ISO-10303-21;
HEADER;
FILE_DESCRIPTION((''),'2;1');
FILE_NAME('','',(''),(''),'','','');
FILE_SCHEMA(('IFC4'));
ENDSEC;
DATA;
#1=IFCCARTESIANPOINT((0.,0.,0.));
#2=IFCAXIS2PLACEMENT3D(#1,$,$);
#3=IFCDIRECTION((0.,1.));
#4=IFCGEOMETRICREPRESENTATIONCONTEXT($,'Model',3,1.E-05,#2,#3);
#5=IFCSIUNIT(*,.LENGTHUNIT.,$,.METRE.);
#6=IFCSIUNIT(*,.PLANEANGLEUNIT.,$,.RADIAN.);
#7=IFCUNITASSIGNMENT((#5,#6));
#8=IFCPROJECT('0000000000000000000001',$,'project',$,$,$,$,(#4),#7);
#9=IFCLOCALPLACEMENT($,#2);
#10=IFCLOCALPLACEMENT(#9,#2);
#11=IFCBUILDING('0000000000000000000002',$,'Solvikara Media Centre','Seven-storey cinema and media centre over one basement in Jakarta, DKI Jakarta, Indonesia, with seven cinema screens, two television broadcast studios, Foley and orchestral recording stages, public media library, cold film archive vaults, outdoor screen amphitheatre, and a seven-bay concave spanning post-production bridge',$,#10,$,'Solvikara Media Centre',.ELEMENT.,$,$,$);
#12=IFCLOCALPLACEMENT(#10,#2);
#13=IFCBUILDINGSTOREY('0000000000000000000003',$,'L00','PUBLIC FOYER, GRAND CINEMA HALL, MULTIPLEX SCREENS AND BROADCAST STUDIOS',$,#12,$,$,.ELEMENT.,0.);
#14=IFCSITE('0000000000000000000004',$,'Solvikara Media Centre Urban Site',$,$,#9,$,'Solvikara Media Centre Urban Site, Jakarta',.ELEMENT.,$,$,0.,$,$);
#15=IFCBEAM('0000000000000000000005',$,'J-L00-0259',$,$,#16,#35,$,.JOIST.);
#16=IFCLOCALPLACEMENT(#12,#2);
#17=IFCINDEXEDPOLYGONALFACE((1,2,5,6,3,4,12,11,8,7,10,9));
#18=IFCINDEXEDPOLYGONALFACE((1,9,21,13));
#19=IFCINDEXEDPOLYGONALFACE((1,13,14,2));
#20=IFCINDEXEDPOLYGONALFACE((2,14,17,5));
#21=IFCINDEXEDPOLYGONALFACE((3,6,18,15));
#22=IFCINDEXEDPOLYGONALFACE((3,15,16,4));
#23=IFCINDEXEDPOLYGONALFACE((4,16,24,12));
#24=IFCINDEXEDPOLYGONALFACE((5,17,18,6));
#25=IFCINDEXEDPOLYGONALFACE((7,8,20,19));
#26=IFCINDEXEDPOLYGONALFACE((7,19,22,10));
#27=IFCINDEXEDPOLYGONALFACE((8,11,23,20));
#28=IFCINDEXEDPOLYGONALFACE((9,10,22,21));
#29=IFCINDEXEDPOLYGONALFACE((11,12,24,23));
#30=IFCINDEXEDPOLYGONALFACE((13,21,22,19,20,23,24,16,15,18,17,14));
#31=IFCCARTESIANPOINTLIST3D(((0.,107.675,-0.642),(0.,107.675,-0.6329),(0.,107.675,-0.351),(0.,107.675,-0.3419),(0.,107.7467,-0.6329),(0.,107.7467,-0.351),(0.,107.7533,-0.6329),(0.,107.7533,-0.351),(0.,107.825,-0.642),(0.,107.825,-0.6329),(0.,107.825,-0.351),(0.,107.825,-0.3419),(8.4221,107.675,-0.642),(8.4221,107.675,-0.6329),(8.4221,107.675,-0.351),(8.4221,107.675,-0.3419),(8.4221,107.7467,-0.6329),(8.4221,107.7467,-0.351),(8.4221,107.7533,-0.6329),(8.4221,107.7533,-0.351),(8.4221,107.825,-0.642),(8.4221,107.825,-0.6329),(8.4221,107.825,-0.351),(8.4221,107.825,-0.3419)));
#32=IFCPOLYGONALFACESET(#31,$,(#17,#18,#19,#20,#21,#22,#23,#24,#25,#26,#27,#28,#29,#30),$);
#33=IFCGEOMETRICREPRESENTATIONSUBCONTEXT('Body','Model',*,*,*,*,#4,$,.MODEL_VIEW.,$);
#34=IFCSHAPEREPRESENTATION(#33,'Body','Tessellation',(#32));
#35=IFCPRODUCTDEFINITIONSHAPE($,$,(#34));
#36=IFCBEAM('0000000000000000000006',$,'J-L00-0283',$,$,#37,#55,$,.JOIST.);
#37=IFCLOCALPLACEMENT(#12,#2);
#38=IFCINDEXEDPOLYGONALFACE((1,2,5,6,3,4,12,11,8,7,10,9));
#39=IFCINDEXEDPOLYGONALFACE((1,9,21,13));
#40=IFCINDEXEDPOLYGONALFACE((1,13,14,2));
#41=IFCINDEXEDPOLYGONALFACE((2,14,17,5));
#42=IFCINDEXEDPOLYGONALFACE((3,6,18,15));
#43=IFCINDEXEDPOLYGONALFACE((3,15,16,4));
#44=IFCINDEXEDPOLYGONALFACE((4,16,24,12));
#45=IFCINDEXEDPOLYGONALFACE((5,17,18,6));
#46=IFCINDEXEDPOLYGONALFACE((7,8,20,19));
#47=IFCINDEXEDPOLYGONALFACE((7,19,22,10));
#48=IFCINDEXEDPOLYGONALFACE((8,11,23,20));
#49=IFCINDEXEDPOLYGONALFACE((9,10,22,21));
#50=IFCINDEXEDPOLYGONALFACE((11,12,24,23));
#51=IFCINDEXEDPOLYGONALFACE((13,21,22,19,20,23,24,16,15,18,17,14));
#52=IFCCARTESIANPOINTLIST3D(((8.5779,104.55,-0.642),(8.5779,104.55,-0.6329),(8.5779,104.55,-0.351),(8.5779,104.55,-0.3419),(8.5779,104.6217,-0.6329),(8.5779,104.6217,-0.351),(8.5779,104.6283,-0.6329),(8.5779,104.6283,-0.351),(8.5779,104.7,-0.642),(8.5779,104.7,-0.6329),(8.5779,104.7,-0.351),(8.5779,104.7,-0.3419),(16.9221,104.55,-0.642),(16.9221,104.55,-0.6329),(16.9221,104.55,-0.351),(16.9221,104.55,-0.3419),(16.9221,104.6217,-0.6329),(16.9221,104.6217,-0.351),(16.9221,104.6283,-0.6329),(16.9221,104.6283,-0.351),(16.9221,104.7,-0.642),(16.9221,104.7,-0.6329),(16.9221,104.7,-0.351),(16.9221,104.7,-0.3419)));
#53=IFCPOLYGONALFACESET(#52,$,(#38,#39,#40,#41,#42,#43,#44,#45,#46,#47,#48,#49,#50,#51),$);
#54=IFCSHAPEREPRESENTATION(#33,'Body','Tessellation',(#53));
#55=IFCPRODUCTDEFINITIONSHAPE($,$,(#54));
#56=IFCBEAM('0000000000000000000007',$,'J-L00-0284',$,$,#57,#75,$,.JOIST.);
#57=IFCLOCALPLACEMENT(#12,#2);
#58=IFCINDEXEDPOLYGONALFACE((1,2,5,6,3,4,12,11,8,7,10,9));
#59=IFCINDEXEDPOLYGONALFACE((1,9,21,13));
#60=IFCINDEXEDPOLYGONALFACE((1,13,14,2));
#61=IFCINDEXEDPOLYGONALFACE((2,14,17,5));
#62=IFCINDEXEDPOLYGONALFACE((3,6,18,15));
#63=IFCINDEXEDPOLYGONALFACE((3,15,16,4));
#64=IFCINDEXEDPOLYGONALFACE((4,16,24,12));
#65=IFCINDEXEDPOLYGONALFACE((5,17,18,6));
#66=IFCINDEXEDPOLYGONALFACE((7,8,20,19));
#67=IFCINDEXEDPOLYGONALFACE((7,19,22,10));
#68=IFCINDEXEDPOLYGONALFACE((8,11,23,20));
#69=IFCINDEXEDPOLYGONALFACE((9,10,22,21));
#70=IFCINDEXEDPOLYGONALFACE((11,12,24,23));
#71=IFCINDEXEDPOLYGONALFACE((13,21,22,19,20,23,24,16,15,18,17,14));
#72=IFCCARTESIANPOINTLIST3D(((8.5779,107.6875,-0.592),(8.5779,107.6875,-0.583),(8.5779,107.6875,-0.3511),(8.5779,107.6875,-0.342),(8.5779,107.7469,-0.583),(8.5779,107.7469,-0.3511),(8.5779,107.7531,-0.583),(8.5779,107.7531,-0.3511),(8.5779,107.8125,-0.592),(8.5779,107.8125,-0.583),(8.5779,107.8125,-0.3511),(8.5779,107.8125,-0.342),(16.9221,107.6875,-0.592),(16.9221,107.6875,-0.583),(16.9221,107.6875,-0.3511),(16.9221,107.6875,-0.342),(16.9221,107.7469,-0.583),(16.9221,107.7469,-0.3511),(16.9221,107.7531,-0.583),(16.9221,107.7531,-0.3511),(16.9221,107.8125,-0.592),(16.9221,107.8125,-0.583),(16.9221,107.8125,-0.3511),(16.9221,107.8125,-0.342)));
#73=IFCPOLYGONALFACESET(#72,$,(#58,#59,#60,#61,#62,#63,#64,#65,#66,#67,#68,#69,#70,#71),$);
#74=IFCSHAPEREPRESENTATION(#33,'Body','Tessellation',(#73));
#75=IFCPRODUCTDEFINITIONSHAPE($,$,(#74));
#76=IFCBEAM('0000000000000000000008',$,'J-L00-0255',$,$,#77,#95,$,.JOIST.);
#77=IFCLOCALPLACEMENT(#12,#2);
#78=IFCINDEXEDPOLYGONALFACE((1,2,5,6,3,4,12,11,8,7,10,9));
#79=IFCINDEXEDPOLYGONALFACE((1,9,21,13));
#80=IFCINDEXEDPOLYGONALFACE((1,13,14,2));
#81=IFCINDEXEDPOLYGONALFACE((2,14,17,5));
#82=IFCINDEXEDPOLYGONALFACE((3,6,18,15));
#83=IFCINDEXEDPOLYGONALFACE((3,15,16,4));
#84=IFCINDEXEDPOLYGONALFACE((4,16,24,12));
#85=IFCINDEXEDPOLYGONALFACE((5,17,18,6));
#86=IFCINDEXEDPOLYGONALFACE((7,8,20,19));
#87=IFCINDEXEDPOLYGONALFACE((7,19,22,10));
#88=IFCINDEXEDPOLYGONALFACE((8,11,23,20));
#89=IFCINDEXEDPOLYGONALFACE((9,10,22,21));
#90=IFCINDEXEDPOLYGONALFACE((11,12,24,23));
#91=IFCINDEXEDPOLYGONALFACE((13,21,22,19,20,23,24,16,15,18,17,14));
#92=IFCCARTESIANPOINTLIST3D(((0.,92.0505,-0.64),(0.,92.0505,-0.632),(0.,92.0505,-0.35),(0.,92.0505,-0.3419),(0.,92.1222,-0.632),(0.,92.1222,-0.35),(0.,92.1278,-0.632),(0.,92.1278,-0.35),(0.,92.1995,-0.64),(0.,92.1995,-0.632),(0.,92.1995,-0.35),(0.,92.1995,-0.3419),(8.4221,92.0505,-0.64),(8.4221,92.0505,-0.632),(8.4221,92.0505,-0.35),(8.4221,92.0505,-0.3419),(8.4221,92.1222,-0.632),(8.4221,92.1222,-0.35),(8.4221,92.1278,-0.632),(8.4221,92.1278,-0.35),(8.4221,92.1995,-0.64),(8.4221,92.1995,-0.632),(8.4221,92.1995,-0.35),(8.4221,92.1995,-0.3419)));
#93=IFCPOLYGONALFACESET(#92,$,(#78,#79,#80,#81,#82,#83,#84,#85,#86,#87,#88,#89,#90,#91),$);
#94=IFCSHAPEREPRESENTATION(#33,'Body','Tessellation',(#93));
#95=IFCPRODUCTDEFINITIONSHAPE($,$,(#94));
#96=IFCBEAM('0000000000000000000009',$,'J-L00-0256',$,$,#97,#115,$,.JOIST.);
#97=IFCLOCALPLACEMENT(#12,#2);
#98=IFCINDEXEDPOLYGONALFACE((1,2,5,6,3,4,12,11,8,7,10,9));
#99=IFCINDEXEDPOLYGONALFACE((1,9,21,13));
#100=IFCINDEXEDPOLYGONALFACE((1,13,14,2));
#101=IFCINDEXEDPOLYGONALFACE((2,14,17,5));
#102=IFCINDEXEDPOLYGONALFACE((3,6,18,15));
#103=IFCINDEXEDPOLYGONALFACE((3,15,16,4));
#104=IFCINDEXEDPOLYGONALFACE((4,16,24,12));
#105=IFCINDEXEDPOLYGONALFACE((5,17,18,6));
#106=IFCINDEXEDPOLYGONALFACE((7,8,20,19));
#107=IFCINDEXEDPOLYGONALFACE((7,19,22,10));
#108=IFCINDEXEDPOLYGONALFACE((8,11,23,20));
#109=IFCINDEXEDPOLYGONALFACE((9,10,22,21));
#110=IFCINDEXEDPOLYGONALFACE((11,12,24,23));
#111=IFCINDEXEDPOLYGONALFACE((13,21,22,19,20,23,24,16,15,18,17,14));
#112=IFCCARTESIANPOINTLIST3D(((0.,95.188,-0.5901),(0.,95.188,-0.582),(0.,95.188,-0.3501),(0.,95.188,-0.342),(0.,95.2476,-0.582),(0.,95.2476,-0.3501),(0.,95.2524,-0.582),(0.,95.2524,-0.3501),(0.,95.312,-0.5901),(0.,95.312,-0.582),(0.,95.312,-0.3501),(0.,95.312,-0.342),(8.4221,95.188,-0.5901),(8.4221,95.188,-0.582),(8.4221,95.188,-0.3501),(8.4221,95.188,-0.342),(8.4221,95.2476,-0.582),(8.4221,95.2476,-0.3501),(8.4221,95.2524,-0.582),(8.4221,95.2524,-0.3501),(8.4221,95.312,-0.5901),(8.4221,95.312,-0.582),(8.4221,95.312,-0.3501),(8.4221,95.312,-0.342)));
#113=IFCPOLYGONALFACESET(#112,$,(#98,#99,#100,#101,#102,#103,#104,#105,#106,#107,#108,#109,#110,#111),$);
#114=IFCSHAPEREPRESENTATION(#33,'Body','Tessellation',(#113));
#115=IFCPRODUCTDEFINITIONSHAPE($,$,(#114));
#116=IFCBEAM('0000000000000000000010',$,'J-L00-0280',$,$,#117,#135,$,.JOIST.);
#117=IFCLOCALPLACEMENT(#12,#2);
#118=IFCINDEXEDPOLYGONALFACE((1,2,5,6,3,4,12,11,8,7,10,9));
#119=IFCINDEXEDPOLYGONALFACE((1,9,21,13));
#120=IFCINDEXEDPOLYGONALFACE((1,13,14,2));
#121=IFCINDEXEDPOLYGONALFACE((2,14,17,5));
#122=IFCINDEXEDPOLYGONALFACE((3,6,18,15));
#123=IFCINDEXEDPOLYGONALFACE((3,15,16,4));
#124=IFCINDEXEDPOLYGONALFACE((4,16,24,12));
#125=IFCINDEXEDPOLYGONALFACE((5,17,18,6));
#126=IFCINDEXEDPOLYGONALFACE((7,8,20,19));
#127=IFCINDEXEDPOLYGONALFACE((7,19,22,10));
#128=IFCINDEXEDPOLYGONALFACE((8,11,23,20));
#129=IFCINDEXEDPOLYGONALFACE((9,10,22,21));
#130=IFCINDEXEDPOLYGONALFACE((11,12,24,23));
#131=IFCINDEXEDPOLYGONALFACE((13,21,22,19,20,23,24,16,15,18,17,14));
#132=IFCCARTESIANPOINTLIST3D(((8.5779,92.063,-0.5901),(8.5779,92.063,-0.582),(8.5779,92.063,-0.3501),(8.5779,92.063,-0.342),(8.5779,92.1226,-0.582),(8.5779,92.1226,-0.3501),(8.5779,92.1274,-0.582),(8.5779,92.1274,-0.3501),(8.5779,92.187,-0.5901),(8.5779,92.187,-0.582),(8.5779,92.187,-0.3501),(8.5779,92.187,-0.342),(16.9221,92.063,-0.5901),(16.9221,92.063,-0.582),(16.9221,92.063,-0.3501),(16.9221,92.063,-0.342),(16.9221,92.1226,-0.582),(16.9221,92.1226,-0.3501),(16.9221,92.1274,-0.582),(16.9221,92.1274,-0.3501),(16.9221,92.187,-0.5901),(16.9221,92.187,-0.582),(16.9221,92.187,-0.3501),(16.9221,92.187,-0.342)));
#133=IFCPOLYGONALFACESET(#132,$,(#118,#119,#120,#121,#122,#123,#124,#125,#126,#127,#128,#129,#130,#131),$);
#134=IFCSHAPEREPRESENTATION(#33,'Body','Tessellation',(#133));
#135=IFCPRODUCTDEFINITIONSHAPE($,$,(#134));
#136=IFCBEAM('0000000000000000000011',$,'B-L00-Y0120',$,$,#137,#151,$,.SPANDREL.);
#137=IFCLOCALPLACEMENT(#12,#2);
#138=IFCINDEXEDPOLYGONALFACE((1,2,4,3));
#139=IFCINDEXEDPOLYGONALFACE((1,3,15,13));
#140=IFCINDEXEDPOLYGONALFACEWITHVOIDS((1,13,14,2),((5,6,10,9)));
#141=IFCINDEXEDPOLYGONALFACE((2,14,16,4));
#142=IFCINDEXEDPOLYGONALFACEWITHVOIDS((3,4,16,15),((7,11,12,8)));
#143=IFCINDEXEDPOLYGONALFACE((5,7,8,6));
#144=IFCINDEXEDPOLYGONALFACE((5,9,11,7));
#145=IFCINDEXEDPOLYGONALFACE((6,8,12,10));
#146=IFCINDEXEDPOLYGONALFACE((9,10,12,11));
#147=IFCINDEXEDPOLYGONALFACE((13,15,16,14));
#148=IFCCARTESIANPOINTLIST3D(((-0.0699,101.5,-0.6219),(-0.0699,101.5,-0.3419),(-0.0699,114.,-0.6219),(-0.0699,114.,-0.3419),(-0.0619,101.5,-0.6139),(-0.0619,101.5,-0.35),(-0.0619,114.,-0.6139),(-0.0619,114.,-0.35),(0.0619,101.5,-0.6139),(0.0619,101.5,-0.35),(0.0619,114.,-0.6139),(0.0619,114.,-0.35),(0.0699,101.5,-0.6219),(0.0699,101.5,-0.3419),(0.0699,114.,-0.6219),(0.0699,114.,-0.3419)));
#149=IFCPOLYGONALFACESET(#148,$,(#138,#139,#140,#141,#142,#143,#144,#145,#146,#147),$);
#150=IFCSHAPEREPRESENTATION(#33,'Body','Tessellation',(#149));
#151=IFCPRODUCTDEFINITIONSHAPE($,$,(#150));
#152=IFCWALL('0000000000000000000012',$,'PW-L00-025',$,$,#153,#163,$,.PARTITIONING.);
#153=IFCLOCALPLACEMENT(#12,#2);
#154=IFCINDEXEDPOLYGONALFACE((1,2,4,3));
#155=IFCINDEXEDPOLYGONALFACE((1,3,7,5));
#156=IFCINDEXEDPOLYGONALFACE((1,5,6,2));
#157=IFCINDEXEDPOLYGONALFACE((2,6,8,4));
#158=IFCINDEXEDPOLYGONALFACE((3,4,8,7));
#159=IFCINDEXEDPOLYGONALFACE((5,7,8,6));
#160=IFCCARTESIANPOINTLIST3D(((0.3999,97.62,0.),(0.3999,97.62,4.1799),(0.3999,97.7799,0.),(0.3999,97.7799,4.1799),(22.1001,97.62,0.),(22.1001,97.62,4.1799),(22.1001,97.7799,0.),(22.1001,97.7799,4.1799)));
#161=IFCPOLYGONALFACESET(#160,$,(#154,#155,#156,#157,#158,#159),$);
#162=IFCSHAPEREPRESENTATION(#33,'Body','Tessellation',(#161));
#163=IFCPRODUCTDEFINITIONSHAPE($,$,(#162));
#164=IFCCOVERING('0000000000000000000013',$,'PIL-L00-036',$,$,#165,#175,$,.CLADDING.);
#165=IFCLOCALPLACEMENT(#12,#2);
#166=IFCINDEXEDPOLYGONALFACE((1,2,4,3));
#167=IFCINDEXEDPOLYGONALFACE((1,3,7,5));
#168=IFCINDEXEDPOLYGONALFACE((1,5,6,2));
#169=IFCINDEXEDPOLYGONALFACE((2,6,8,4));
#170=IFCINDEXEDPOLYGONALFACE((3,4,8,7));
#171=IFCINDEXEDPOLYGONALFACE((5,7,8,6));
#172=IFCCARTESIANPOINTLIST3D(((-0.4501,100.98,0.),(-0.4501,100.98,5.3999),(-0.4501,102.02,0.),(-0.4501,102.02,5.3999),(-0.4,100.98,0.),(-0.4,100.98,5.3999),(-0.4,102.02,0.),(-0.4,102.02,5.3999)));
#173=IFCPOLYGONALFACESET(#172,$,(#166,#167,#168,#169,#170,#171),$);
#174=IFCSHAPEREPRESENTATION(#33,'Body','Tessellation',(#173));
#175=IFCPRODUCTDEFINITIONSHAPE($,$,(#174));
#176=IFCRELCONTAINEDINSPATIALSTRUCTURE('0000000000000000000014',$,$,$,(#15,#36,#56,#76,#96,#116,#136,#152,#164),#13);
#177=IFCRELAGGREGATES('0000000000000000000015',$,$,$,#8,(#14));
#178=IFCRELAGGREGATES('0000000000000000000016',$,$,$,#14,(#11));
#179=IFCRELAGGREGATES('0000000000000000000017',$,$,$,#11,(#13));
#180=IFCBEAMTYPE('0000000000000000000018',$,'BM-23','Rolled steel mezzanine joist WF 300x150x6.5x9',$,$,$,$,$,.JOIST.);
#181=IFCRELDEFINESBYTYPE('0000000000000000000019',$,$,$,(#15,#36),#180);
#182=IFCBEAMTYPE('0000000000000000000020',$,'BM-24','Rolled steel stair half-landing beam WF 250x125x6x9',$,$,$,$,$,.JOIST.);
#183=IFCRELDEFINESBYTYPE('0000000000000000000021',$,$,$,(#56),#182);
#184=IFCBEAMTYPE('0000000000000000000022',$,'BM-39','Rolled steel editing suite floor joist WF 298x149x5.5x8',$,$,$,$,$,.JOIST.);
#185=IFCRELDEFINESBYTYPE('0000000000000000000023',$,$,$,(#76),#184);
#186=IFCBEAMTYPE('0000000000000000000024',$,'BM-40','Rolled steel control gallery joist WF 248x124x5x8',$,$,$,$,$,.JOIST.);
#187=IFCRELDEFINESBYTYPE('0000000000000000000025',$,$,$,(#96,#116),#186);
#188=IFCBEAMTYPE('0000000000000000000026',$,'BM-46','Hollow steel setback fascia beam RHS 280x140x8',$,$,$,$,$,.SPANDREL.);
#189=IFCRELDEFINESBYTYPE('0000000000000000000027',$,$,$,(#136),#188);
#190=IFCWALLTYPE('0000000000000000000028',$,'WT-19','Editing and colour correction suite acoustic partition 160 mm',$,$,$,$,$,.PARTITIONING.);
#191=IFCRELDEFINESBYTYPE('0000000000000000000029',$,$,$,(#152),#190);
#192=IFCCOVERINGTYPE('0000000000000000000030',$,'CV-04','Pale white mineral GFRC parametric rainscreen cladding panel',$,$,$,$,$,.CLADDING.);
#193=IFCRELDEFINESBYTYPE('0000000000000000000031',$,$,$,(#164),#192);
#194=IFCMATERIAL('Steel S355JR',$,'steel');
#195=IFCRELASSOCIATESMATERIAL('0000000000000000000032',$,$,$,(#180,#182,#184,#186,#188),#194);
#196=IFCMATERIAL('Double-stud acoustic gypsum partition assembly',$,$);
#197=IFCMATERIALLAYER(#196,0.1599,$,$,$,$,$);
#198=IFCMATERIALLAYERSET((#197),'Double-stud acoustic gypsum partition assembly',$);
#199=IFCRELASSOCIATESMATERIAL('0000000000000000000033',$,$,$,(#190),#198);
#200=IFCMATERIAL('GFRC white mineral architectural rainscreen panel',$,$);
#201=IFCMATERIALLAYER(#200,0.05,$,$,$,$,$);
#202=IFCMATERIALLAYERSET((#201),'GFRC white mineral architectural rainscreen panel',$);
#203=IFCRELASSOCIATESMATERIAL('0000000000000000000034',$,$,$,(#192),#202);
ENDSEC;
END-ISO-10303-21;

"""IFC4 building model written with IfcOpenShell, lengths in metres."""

from ifc_helpers import new_model, si_unit, direction, frame, frame_2d, origin, origin_2d, place, context, subcontext, project, spatial, rectangle, hollow_rectangle, i_section, extrude, material, layer, layer_set, material_profile, profile_set, type_object, element, save


model = new_model("IFC4")

# Units and contexts
model_context = context("Model", 3, precision=1e-05, world=origin(), true_north=direction((0.0, 1.0)))
body_context = subcontext(model_context, "Body", "Model", "MODEL_VIEW")
ifc_project = project(units=[si_unit("LENGTHUNIT", "METRE"), si_unit("PLANEANGLEUNIT", "RADIAN")], contexts=[model_context])

# Site, building, storey
site_placement = place(None, origin())
site = spatial("IfcSite", under=ifc_project, at=site_placement, Name="Solvikara Media Centre Urban Site", LongName="Solvikara Media Centre Urban Site, Jakarta", CompositionType="ELEMENT", RefElevation=0.0)
building_placement = place(site_placement, origin())
building = spatial("IfcBuilding", under=site, at=building_placement, Name="Solvikara Media Centre", Description="Seven-storey cinema and media centre over one basement in Jakarta, DKI Jakarta, Indonesia, with seven cinema screens, two television broadcast studios, Foley and orchestral recording stages, public media library, cold film archive vaults, outdoor screen amphitheatre, and a seven-bay concave spanning post-production bridge", LongName="Solvikara Media Centre", CompositionType="ELEMENT")
storey_placement = place(building_placement, origin())
storey = spatial("IfcBuildingStorey", under=building, at=storey_placement, Name="L00", Description="PUBLIC FOYER, GRAND CINEMA HALL, MULTIPLEX SCREENS AND BROADCAST STUDIOS", CompositionType="ELEMENT", Elevation=0.0)

# Beams
ifc_material_1 = material(Name="Steel S355JR", Category="steel")
ifc_material_profile_1 = material_profile(ifc_material_1, i_section(OverallWidth=0.1499, OverallDepth=0.3, WebThickness=0.0066, FlangeThickness=0.009, at=origin_2d()), Name="WF 300x150x6.5x9")
ifc_profile_set_1 = profile_set([ifc_material_profile_1], Name="Steel S355JR")
beam_type_1 = type_object("IfcBeamType", Name="BM-23", Description="Rolled steel mezzanine joist WF 300x150x6.5x9", PredefinedType="JOIST", material=ifc_profile_set_1)
beam_1_placement = place(storey_placement, frame((0.0, 107.75, -0.4919), z_axis=(1.0, 0.0, 0.0), x_axis=(0.0, 1.0, 0.0)))
element("IfcBeam", 1, at=beam_1_placement, inside=storey, type_object=beam_type_1, Name="J-L00-0259", PredefinedType="JOIST", context=body_context, shape_type="SweptSolid", body=[
    extrude(i_section(OverallWidth=0.1499, OverallDepth=0.3, WebThickness=0.0066, FlangeThickness=0.009, at=origin_2d()), origin(), (0.0, 0.0, 1.0), 8.4221),
])
beam_2_placement = place(storey_placement, frame((8.5779, 104.625, -0.4919), z_axis=(1.0, 0.0, 0.0), x_axis=(0.0, 1.0, 0.0)))
element("IfcBeam", 2, at=beam_2_placement, inside=storey, type_object=beam_type_1, Name="J-L00-0283", PredefinedType="JOIST", context=body_context, shape_type="SweptSolid", body=[
    extrude(i_section(OverallWidth=0.1499, OverallDepth=0.3, WebThickness=0.0066, FlangeThickness=0.009, at=origin_2d()), origin(), (0.0, 0.0, 1.0), 8.3442),
])
ifc_material_profile_2 = material_profile(ifc_material_1, i_section(OverallWidth=0.125, OverallDepth=0.25, WebThickness=0.0061, FlangeThickness=0.009, at=origin_2d()), Name="WF 250x125x6x9")
ifc_profile_set_2 = profile_set([ifc_material_profile_2], Name="Steel S355JR")
beam_type_2 = type_object("IfcBeamType", Name="BM-24", Description="Rolled steel stair half-landing beam WF 250x125x6x9", PredefinedType="JOIST", material=ifc_profile_set_2)
beam_3_placement = place(storey_placement, frame((8.5779, 107.75, -0.467), z_axis=(1.0, 0.0, 0.0), x_axis=(0.0, 1.0, 0.0)))
element("IfcBeam", 3, at=beam_3_placement, inside=storey, type_object=beam_type_2, Name="J-L00-0284", PredefinedType="JOIST", context=body_context, shape_type="SweptSolid", body=[
    extrude(i_section(OverallWidth=0.125, OverallDepth=0.25, WebThickness=0.0061, FlangeThickness=0.009, at=origin_2d()), origin(), (0.0, 0.0, 1.0), 8.3442),
])
ifc_material_profile_3 = material_profile(ifc_material_1, i_section(OverallWidth=0.1489, OverallDepth=0.2981, WebThickness=0.0056, FlangeThickness=0.0081, at=origin_2d()), Name="WF 298x149x5.5x8")
ifc_profile_set_3 = profile_set([ifc_material_profile_3], Name="Steel S355JR")
beam_type_3 = type_object("IfcBeamType", Name="BM-39", Description="Rolled steel editing suite floor joist WF 298x149x5.5x8", PredefinedType="JOIST", material=ifc_profile_set_3)
beam_4_placement = place(storey_placement, frame((0.0, 92.125, -0.491), z_axis=(1.0, 0.0, 0.0), x_axis=(0.0, 1.0, 0.0)))
element("IfcBeam", 4, at=beam_4_placement, inside=storey, type_object=beam_type_3, Name="J-L00-0255", PredefinedType="JOIST", context=body_context, shape_type="SweptSolid", body=[
    extrude(i_section(OverallWidth=0.1489, OverallDepth=0.2981, WebThickness=0.0056, FlangeThickness=0.0081, at=origin_2d()), origin(), (0.0, 0.0, 1.0), 8.4221),
])
ifc_material_profile_4 = material_profile(ifc_material_1, i_section(OverallWidth=0.124, OverallDepth=0.248, WebThickness=0.0049, FlangeThickness=0.0081, at=origin_2d()), Name="WF 248x124x5x8")
ifc_profile_set_4 = profile_set([ifc_material_profile_4], Name="Steel S355JR")
beam_type_4 = type_object("IfcBeamType", Name="BM-40", Description="Rolled steel control gallery joist WF 248x124x5x8", PredefinedType="JOIST", material=ifc_profile_set_4)
beam_5_placement = place(storey_placement, frame((0.0, 95.25, -0.4661), z_axis=(1.0, 0.0, 0.0), x_axis=(0.0, 1.0, 0.0)))
element("IfcBeam", 5, at=beam_5_placement, inside=storey, type_object=beam_type_4, Name="J-L00-0256", PredefinedType="JOIST", context=body_context, shape_type="SweptSolid", body=[
    extrude(i_section(OverallWidth=0.124, OverallDepth=0.248, WebThickness=0.0049, FlangeThickness=0.0081, at=origin_2d()), origin(), (0.0, 0.0, 1.0), 8.4221),
])
beam_6_placement = place(storey_placement, frame((8.5779, 92.125, -0.4661), z_axis=(1.0, 0.0, 0.0), x_axis=(0.0, 1.0, 0.0)))
element("IfcBeam", 6, at=beam_6_placement, inside=storey, type_object=beam_type_4, Name="J-L00-0280", PredefinedType="JOIST", context=body_context, shape_type="SweptSolid", body=[
    extrude(i_section(OverallWidth=0.124, OverallDepth=0.248, WebThickness=0.0049, FlangeThickness=0.0081, at=origin_2d()), origin(), (0.0, 0.0, 1.0), 8.3442),
])
ifc_material_profile_5 = material_profile(ifc_material_1, hollow_rectangle(XDim=0.1399, YDim=0.28, WallThickness=0.0081, at=origin_2d()), Name="RHS 280x140x8")
ifc_profile_set_5 = profile_set([ifc_material_profile_5], Name="Steel S355JR")
beam_type_5 = type_object("IfcBeamType", Name="BM-46", Description="Hollow steel setback fascia beam RHS 280x140x8", PredefinedType="SPANDREL", material=ifc_profile_set_5)
beam_7_placement = place(storey_placement, frame((0.0, 101.5, -0.4819), z_axis=(0.0, 1.0, 0.0), x_axis=(-1.0, 0.0, 0.0)))
element("IfcBeam", 7, at=beam_7_placement, inside=storey, type_object=beam_type_5, Name="B-L00-Y0120", PredefinedType="SPANDREL", context=body_context, shape_type="SweptSolid", body=[
    extrude(hollow_rectangle(XDim=0.1399, YDim=0.28, WallThickness=0.0081, at=origin_2d()), origin(), (0.0, 0.0, 1.0), 12.5),
])

# Wall
ifc_material_2 = material(Name="Double-stud acoustic gypsum partition assembly")
ifc_layer_1 = layer(ifc_material_2, 0.1599)
ifc_layer_set_1 = layer_set([ifc_layer_1], Name="Double-stud acoustic gypsum partition assembly")
wall_type = type_object("IfcWallType", Name="WT-19", Description="Editing and colour correction suite acoustic partition 160 mm", PredefinedType="PARTITIONING", material=ifc_layer_set_1)
wall_placement = place(storey_placement, frame((0.3999, 97.7, 0.0), z_axis=(0.0, 0.0, 1.0), x_axis=(1.0, 0.0, 0.0)))
element("IfcWall", 8, at=wall_placement, inside=storey, type_object=wall_type, Name="PW-L00-025", PredefinedType="PARTITIONING", context=body_context, shape_type="SweptSolid", body=[
    extrude(rectangle(XDim=21.7002, YDim=0.1599, at=frame_2d((10.8501, 0.0))), origin(), (0.0, 0.0, 1.0), 4.1799),
])

# Covering
ifc_material_3 = material(Name="GFRC white mineral architectural rainscreen panel")
ifc_layer_2 = layer(ifc_material_3, 0.05)
ifc_layer_set_2 = layer_set([ifc_layer_2], Name="GFRC white mineral architectural rainscreen panel")
covering_type = type_object("IfcCoveringType", Name="CV-04", Description="Pale white mineral GFRC parametric rainscreen cladding panel", PredefinedType="CLADDING", material=ifc_layer_set_2)
covering_1_placement = place(storey_placement, frame((-0.425, 101.5, 0.0), z_axis=(0.0, 0.0, 1.0), x_axis=(0.0, -1.0, 0.0)))
element("IfcCovering", 9, at=covering_1_placement, inside=storey, type_object=covering_type, Name="PIL-L00-036", PredefinedType="CLADDING", context=body_context, shape_type="SweptSolid", body=[
    extrude(rectangle(XDim=1.04, YDim=0.05, at=origin_2d()), origin(), (0.0, 0.0, 1.0), 5.3999),
])

save(model, "model.ifc")
